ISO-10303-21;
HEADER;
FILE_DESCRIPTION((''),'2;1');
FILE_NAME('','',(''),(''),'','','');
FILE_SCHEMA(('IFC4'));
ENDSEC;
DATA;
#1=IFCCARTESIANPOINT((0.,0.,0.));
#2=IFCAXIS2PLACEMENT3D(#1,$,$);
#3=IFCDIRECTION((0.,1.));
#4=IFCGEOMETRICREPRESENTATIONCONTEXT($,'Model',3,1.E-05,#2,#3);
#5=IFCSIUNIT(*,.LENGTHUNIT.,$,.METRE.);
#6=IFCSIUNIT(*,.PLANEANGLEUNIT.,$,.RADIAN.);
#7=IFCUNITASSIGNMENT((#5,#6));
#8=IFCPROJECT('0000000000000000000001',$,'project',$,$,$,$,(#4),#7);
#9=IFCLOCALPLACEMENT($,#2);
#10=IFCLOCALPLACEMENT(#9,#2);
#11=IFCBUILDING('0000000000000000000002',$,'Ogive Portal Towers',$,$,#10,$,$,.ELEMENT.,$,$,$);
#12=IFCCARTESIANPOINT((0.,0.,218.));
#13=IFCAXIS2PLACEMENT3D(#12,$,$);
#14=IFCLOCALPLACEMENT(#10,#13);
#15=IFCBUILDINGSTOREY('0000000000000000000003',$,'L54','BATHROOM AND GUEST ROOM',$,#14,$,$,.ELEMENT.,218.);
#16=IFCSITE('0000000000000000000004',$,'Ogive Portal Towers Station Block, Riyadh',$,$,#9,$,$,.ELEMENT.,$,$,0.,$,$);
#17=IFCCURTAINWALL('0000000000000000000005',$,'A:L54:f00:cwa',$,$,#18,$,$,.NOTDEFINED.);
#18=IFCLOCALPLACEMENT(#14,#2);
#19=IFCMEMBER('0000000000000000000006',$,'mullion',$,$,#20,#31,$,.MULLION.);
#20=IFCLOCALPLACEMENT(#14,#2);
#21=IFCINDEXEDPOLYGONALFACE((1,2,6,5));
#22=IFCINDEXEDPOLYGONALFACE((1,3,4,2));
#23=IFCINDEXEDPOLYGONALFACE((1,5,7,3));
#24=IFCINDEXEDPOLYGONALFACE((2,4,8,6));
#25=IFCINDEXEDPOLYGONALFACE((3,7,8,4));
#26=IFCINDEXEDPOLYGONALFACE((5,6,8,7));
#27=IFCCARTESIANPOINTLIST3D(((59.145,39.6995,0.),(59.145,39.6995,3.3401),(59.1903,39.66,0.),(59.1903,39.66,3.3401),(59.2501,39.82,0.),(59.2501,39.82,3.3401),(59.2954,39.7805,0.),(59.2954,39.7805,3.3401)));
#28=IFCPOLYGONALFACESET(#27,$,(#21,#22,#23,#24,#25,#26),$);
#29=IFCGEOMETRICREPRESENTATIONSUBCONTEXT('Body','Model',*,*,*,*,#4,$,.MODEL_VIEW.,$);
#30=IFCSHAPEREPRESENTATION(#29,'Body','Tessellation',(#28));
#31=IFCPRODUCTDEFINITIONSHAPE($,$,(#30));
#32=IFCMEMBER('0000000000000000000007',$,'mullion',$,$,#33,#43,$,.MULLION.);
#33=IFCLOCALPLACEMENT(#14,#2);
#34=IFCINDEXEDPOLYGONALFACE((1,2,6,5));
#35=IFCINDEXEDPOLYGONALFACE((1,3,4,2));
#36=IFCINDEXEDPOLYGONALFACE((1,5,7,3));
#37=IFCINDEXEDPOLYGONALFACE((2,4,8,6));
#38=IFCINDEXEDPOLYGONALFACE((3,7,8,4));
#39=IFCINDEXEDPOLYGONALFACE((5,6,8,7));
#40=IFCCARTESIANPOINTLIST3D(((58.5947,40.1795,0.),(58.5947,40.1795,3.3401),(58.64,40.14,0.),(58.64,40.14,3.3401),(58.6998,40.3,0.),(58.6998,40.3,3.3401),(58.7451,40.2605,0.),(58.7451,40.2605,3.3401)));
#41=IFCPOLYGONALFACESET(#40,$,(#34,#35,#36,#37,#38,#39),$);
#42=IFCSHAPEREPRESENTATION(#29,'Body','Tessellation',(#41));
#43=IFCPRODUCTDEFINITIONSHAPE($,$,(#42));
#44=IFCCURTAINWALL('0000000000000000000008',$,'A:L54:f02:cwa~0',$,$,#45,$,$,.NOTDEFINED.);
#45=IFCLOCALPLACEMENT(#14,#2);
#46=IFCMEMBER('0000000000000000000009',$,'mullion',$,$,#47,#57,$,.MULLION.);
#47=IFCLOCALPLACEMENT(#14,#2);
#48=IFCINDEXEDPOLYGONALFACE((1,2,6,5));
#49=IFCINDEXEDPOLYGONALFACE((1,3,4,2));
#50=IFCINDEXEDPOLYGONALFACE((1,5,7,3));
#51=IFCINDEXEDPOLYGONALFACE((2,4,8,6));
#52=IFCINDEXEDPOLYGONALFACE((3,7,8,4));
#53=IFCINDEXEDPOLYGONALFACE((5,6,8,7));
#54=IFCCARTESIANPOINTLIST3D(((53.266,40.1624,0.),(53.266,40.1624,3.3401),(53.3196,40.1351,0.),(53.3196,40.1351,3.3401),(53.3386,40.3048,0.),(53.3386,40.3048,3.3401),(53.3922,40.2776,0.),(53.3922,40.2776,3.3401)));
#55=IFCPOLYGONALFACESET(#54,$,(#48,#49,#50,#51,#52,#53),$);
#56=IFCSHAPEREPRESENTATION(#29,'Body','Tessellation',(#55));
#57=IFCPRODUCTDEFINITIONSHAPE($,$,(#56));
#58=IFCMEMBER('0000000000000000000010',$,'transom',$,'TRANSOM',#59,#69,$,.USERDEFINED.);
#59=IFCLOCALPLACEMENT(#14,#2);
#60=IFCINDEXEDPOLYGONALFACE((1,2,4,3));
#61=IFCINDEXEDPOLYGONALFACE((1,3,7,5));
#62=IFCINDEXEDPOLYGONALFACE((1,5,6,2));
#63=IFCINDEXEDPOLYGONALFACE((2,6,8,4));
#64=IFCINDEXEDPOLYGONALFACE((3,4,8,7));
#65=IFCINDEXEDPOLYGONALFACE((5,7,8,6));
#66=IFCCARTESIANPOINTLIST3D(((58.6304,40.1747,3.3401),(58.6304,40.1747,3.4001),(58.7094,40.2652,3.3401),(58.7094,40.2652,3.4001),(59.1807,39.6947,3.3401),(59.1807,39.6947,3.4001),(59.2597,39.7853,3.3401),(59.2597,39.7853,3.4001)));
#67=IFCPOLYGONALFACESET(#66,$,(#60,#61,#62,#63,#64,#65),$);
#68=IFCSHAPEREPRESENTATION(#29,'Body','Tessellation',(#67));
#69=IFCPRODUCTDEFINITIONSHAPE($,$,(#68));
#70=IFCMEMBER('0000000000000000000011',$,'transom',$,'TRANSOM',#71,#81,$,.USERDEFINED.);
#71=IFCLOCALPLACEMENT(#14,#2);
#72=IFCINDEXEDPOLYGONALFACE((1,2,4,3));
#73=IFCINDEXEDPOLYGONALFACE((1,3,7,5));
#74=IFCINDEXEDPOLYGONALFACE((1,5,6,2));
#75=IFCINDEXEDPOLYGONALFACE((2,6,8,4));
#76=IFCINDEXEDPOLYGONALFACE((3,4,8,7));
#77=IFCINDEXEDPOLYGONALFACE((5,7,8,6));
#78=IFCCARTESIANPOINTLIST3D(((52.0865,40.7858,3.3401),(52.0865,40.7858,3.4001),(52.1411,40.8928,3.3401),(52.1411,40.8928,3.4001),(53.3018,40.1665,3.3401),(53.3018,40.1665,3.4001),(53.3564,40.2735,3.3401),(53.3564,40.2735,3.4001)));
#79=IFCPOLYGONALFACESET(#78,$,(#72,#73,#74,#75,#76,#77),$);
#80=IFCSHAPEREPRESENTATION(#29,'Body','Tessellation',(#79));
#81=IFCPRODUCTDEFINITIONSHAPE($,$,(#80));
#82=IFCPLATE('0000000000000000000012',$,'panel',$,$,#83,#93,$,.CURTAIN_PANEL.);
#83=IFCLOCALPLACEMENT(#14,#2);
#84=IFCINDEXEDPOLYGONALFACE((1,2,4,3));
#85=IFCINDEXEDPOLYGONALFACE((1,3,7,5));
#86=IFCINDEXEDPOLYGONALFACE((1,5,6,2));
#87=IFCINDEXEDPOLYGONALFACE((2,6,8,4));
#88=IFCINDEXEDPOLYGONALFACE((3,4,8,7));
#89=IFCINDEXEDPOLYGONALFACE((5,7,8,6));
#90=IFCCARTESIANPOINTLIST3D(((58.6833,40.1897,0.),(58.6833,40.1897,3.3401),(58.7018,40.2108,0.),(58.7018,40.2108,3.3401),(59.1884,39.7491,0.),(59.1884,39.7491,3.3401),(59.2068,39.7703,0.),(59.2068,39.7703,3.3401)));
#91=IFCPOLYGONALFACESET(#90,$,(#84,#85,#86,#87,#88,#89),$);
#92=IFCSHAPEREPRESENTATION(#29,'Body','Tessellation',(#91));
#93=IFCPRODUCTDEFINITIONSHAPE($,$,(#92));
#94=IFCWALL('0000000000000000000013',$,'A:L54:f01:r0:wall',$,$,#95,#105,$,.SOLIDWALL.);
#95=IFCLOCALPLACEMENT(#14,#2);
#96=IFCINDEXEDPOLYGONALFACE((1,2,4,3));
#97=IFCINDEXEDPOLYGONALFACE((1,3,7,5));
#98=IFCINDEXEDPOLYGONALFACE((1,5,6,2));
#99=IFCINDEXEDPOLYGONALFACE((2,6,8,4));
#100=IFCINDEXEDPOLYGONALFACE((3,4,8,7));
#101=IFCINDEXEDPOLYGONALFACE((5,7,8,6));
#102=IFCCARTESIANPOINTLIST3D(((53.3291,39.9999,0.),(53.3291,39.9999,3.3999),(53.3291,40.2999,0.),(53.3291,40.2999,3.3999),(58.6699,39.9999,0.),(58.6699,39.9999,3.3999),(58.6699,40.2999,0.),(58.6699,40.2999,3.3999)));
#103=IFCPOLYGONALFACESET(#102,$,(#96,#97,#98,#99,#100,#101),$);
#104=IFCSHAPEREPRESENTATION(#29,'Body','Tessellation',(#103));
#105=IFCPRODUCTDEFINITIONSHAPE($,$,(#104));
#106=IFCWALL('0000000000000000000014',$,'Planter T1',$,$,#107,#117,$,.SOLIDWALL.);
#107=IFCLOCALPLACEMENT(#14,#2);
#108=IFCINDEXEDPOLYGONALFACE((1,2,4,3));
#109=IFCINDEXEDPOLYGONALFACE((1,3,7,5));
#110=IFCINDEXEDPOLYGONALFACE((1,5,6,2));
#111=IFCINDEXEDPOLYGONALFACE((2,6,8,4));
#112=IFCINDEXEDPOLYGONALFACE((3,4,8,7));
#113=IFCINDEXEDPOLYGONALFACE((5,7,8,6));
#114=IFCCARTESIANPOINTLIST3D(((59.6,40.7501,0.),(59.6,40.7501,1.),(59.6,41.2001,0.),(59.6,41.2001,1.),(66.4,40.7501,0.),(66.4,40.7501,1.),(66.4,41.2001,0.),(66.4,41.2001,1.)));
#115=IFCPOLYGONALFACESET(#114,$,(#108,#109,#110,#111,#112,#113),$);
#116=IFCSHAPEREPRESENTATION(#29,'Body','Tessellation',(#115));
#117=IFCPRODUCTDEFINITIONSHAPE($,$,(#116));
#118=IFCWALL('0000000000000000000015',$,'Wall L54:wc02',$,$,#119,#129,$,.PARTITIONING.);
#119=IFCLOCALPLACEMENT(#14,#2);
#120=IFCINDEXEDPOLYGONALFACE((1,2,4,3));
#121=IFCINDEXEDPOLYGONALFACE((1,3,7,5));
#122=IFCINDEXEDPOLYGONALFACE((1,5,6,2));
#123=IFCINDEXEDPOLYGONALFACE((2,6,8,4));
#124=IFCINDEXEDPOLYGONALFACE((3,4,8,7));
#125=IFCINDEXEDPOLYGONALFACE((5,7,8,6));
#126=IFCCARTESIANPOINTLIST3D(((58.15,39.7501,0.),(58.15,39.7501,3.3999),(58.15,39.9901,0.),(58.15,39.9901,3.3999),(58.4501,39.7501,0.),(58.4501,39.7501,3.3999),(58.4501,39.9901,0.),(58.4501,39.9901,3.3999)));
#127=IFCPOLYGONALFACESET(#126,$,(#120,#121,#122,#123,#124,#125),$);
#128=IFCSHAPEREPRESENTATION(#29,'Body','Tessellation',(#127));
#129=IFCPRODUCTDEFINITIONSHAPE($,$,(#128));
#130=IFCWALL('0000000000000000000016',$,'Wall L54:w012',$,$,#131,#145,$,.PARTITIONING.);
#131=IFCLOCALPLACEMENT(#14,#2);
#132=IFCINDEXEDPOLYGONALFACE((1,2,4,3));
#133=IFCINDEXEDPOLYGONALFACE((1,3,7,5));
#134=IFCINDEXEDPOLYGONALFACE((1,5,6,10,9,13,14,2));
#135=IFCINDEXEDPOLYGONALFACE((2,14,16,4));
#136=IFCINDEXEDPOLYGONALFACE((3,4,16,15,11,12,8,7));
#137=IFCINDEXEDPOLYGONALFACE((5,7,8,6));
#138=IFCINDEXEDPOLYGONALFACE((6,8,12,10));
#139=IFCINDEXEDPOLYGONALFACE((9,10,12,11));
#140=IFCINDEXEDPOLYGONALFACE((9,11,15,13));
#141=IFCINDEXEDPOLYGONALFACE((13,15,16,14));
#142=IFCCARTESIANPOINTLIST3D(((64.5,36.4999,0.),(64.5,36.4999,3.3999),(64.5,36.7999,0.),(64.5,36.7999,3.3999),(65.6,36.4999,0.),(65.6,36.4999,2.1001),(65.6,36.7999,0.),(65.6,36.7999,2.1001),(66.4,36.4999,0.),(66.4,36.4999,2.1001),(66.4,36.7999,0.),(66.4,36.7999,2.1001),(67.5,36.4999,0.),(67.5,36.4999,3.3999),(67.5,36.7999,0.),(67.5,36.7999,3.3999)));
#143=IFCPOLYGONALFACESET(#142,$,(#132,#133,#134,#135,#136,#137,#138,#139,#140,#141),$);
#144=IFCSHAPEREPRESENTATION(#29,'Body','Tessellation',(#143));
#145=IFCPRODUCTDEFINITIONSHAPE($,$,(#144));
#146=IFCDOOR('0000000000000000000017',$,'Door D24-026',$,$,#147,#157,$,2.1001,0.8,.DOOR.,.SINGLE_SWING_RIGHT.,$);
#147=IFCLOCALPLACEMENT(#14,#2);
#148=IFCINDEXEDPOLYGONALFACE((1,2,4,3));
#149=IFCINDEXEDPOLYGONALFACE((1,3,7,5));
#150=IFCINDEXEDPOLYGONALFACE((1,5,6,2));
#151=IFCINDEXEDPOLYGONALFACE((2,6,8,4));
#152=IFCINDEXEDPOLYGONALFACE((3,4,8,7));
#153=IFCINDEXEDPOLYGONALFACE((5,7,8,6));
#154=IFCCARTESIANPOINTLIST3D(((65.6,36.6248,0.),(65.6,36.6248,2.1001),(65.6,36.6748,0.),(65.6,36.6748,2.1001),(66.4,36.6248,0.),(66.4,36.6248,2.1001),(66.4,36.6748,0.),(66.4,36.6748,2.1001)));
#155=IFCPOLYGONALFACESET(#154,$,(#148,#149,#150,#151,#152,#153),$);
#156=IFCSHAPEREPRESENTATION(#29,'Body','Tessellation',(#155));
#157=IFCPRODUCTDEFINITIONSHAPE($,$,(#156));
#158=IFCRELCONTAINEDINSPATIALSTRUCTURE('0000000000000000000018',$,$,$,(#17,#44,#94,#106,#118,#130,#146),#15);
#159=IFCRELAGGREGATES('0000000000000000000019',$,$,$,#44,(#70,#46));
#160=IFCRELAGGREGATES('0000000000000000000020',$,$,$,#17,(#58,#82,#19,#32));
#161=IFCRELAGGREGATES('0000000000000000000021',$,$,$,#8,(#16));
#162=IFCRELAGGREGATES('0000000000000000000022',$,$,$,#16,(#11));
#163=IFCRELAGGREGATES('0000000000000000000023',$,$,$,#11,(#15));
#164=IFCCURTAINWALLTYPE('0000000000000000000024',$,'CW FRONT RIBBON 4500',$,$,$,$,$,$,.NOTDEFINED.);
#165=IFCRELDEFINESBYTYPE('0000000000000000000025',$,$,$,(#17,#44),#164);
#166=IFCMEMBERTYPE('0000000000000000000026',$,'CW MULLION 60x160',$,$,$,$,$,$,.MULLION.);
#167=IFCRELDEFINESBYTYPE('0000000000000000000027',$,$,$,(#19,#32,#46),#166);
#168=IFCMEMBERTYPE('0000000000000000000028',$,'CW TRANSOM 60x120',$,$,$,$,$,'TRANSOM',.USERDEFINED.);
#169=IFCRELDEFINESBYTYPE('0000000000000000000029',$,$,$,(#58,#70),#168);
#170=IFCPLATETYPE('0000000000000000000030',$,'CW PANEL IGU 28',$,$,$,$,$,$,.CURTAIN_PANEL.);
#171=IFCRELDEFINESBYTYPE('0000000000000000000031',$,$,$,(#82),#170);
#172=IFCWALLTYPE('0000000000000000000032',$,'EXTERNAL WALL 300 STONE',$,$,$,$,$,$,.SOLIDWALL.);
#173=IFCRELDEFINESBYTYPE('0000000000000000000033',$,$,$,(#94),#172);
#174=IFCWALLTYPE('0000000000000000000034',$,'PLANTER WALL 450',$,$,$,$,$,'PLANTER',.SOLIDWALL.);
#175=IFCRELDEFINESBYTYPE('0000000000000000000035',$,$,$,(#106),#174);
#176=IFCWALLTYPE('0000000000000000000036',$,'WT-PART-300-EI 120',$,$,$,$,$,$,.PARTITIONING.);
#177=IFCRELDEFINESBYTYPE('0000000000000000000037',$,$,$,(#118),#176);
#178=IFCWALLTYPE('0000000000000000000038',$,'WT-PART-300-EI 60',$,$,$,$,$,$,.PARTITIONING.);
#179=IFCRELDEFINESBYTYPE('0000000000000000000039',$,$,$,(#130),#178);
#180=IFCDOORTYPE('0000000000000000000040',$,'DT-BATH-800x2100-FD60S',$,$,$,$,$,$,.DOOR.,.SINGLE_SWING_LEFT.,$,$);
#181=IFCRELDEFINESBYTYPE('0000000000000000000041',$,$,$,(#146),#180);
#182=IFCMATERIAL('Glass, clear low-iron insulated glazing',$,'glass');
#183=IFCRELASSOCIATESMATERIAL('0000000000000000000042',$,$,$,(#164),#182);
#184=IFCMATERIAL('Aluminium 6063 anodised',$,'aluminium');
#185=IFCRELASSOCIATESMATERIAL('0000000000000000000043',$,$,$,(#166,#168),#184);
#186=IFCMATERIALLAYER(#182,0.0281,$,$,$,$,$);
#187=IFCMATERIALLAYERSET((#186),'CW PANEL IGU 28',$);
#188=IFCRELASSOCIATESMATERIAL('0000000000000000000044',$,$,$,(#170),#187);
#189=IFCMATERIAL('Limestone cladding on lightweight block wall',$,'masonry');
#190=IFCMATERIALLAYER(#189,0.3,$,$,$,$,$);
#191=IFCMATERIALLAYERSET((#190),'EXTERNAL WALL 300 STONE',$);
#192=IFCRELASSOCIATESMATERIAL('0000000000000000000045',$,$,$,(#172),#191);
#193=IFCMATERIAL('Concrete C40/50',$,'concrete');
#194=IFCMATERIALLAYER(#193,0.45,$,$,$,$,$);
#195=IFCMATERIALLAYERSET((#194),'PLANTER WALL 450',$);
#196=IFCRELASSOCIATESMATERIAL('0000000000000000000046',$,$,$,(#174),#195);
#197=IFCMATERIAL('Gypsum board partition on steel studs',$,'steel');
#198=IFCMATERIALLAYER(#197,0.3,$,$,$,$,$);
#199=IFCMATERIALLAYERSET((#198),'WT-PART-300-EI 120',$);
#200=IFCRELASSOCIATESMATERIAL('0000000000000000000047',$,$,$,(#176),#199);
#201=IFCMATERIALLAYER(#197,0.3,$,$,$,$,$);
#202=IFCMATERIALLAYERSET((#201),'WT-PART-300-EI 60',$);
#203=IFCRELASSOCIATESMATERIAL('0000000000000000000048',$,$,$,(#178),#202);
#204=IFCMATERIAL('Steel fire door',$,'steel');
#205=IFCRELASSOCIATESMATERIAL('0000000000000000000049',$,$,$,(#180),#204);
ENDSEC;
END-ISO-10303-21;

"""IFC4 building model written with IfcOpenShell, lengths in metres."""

from ifc_helpers import new_model, si_unit, direction, frame, frame_2d, origin, origin_2d, place, context, subcontext, project, spatial, rectangle, extrude, material, layer, layer_set, material_profile, profile_set, type_object, element, fill, aggregate, save


model = new_model("IFC4")

# Units and contexts
model_context = context("Model", 3, precision=1e-05, world=origin(), true_north=direction((0.0, 1.0)))
body_context = subcontext(model_context, "Body", "Model", "MODEL_VIEW")
ifc_project = project(units=[si_unit("LENGTHUNIT", "METRE"), si_unit("PLANEANGLEUNIT", "RADIAN")], contexts=[model_context])

# Site, building, storey
site_placement = place(None, origin())
site = spatial("IfcSite", under=ifc_project, at=site_placement, Name="Ogive Portal Towers Station Block, Riyadh", CompositionType="ELEMENT", RefElevation=0.0)
building_placement = place(site_placement, origin())
building = spatial("IfcBuilding", under=site, at=building_placement, Name="Ogive Portal Towers", CompositionType="ELEMENT")
storey_placement = place(building_placement, frame((0.0, 0.0, 218.0)))
storey = spatial("IfcBuildingStorey", under=building, at=storey_placement, Name="L54", Description="BATHROOM AND GUEST ROOM", CompositionType="ELEMENT", Elevation=218.0)

# Curtain wall, members
ifc_material_1 = material(Name="Glass, clear low-iron insulated glazing", Category="glass")
curtain_wall_type = type_object("IfcCurtainWallType", Name="CW FRONT RIBBON 4500", PredefinedType="NOTDEFINED", material=ifc_material_1)
curtain_wall_1_placement = place(storey_placement, origin())
curtain_wall_1 = element("IfcCurtainWall", 1, at=curtain_wall_1_placement, inside=storey, type_object=curtain_wall_type, Name="A:L54:f00:cwa", PredefinedType="NOTDEFINED")
ifc_material_2 = material(Name="Aluminium 6063 anodised", Category="aluminium")
ifc_material_profile_1 = material_profile(ifc_material_2, rectangle(XDim=0.1599, YDim=0.0601, at=origin_2d()), Name="AL 60x160")
ifc_profile_set_1 = profile_set([ifc_material_profile_1], Name="Aluminium 6063 anodised")
member_type_1 = type_object("IfcMemberType", Name="CW MULLION 60x160", PredefinedType="MULLION", material=ifc_profile_set_1)
member_1_placement = place(storey_placement, frame((59.2202, 39.74, 0.0), z_axis=(0.0, 0.0, 1.0), x_axis=(-0.657335, -0.753599, 0.0)))
member_1 = element("IfcMember", 2, at=member_1_placement, type_object=member_type_1, Name="mullion", PredefinedType="MULLION", context=body_context, shape_type="SweptSolid", body=[
    extrude(rectangle(XDim=0.1599, YDim=0.0601, at=origin_2d()), origin(), (0.0, 0.0, 1.0), 3.3401),
])
member_2_placement = place(storey_placement, frame((58.6699, 40.22, 0.0), z_axis=(0.0, 0.0, 1.0), x_axis=(-0.657335, -0.753599, 0.0)))
member_2 = element("IfcMember", 3, at=member_2_placement, type_object=member_type_1, Name="mullion", PredefinedType="MULLION", context=body_context, shape_type="SweptSolid", body=[
    extrude(rectangle(XDim=0.1599, YDim=0.0601, at=origin_2d()), origin(), (0.0, 0.0, 1.0), 3.3401),
])

# Curtain wall, member
curtain_wall_2_placement = place(storey_placement, origin())
curtain_wall_2 = element("IfcCurtainWall", 4, at=curtain_wall_2_placement, inside=storey, type_object=curtain_wall_type, Name="A:L54:f02:cwa~0", PredefinedType="NOTDEFINED")
member_3_placement = place(storey_placement, frame((53.3291, 40.22, 0.0), z_axis=(0.0, 0.0, 1.0), x_axis=(-0.45399, -0.891007, 0.0)))
member_3 = element("IfcMember", 5, at=member_3_placement, type_object=member_type_1, Name="mullion", PredefinedType="MULLION", context=body_context, shape_type="SweptSolid", body=[
    extrude(rectangle(XDim=0.1599, YDim=0.0601, at=origin_2d()), origin(), (0.0, 0.0, 1.0), 3.3401),
])

# Members
ifc_material_profile_2 = material_profile(ifc_material_2, rectangle(XDim=0.1201, YDim=0.0601, at=origin_2d()), Name="AL 120x60")
ifc_profile_set_2 = profile_set([ifc_material_profile_2], Name="Aluminium 6063 anodised")
member_type_2 = type_object("IfcMemberType", Name="CW TRANSOM 60x120", ElementType="TRANSOM", PredefinedType="USERDEFINED", material=ifc_profile_set_2)
member_4_placement = place(storey_placement, frame((59.2202, 39.74, 3.3701), z_axis=(-0.753611, 0.65732, 0.0), x_axis=(-0.65732, -0.753611, 0.0)))
member_4 = element("IfcMember", 6, at=member_4_placement, type_object=member_type_2, Name="transom", ObjectType="TRANSOM", PredefinedType="USERDEFINED", context=body_context, shape_type="SweptSolid", body=[
    extrude(rectangle(XDim=0.1201, YDim=0.0601, at=origin_2d()), origin(), (0.0, 0.0, 1.0), 0.7302),
])
member_5_placement = place(storey_placement, frame((53.3291, 40.22, 3.3701), z_axis=(-0.890964, 0.454073, 0.0), x_axis=(-0.454073, -0.890964, 0.0)))
member_5 = element("IfcMember", 7, at=member_5_placement, type_object=member_type_2, Name="transom", ObjectType="TRANSOM", PredefinedType="USERDEFINED", context=body_context, shape_type="SweptSolid", body=[
    extrude(rectangle(XDim=0.1201, YDim=0.0601, at=origin_2d()), origin(), (0.0, 0.0, 1.0), 1.364),
])
aggregate(curtain_wall_2, [member_5, member_3])

# Plate
ifc_layer_1 = layer(ifc_material_1, 0.0281)
ifc_layer_set_1 = layer_set([ifc_layer_1], Name="CW PANEL IGU 28")
plate_type = type_object("IfcPlateType", Name="CW PANEL IGU 28", PredefinedType="CURTAIN_PANEL", material=ifc_layer_set_1)
plate_placement = place(storey_placement, frame((58.9451, 39.98, 0.0), z_axis=(0.0, 0.0, 1.0), x_axis=(-0.753599, 0.657335, 0.0)))
plate = element("IfcPlate", 8, at=plate_placement, type_object=plate_type, Name="panel", PredefinedType="CURTAIN_PANEL", context=body_context, shape_type="SweptSolid", body=[
    extrude(rectangle(XDim=0.6702, YDim=0.0281, at=origin_2d()), origin(), (0.0, 0.0, 1.0), 3.3401),
])
aggregate(curtain_wall_1, [member_4, plate, member_1, member_2])

# Shared definitions
ifc_material_3 = material(Name="Limestone cladding on lightweight block wall", Category="masonry")

# Walls
ifc_layer_2 = layer(ifc_material_3, 0.3)
ifc_layer_set_2 = layer_set([ifc_layer_2], Name="EXTERNAL WALL 300 STONE")
wall_type_1 = type_object("IfcWallType", Name="EXTERNAL WALL 300 STONE", PredefinedType="SOLIDWALL", material=ifc_layer_set_2)
wall_1_placement = place(storey_placement, frame((58.6699, 40.1499, 0.0), z_axis=(0.0, 0.0, 1.0), x_axis=(-1.0, 0.0, 0.0)))
element("IfcWall", 9, at=wall_1_placement, inside=storey, type_object=wall_type_1, Name="A:L54:f01:r0:wall", PredefinedType="SOLIDWALL", context=body_context, shape_type="SweptSolid", body=[
    extrude(rectangle(XDim=5.3408, YDim=0.3, at=frame_2d((2.6704, 0.0))), origin(), (0.0, 0.0, 1.0), 3.3999),
])
ifc_material_4 = material(Name="Concrete C40/50", Category="concrete")
ifc_layer_3 = layer(ifc_material_4, 0.45)
ifc_layer_set_3 = layer_set([ifc_layer_3], Name="PLANTER WALL 450")
wall_type_2 = type_object("IfcWallType", Name="PLANTER WALL 450", ElementType="PLANTER", PredefinedType="SOLIDWALL", material=ifc_layer_set_3)
wall_2_placement = place(storey_placement, frame((63.0, 40.9751, 0.0), z_axis=(0.0, 0.0, 1.0), x_axis=(1.0, 0.0, 0.0)))
element("IfcWall", 10, at=wall_2_placement, inside=storey, type_object=wall_type_2, Name="Planter T1", PredefinedType="SOLIDWALL", context=body_context, shape_type="SweptSolid", body=[
    extrude(rectangle(XDim=6.8, YDim=0.45, at=origin_2d()), origin(), (0.0, 0.0, 1.0), 1.0),
])
ifc_material_5 = material(Name="Gypsum board partition on steel studs", Category="steel")
ifc_layer_4 = layer(ifc_material_5, 0.3)
ifc_layer_set_4 = layer_set([ifc_layer_4], Name="WT-PART-300-EI 120")
wall_type_3 = type_object("IfcWallType", Name="WT-PART-300-EI 120", PredefinedType="PARTITIONING", material=ifc_layer_set_4)
wall_3_placement = place(storey_placement, frame((58.3, 39.75, 0.0), z_axis=(0.0, 0.0, 1.0), x_axis=(0.0, 1.0, 0.0)))
element("IfcWall", 11, at=wall_3_placement, inside=storey, type_object=wall_type_3, Name="Wall L54:wc02", PredefinedType="PARTITIONING", context=body_context, shape_type="SweptSolid", body=[
    extrude(rectangle(XDim=0.24, YDim=0.3, at=frame_2d((0.1201, 0.0))), origin(), (0.0, 0.0, 1.0), 3.3999),
])

# Wall, opening, door
ifc_layer_5 = layer(ifc_material_5, 0.3)
ifc_layer_set_5 = layer_set([ifc_layer_5], Name="WT-PART-300-EI 60")
wall_type_4 = type_object("IfcWallType", Name="WT-PART-300-EI 60", PredefinedType="PARTITIONING", material=ifc_layer_set_5)
wall_4_placement = place(storey_placement, frame((64.5, 36.6499, 0.0), z_axis=(0.0, 0.0, 1.0), x_axis=(1.0, 0.0, 0.0)))
wall_4 = element("IfcWall", 12, at=wall_4_placement, inside=storey, type_object=wall_type_4, Name="Wall L54:w012", PredefinedType="PARTITIONING", context=body_context, shape_type="SweptSolid", body=[
    extrude(rectangle(XDim=3.0, YDim=0.3, at=frame_2d((1.5, 0.0))), origin(), (0.0, 0.0, 1.0), 3.3999),
])
opening_1_placement = place(wall_4_placement, frame((1.1001, 0.0, 0.0)))
opening_1 = element("IfcOpeningElement", 13, at=opening_1_placement, cuts=wall_4, PredefinedType="OPENING", context=body_context, shape_type="SweptSolid", body=[
    extrude(rectangle(XDim=0.8, YDim=2.1001, at=frame_2d((0.3999, 1.05))), frame((0.0, 0.1602, 0.0), z_axis=(0.0, -1.0, 0.0), x_axis=(1.0, 0.0, 0.0)), (0.0, 0.0, 1.0), 0.3201),
])
ifc_material_6 = material(Name="Steel fire door", Category="steel")
door_type_1 = type_object("IfcDoorType", Name="DT-BATH-800x2100-FD60S", OperationType="SINGLE_SWING_LEFT", PredefinedType="DOOR", material=ifc_material_6)
door_1_placement = place(opening_1_placement, origin())
door_1 = element("IfcDoor", 14, at=door_1_placement, inside=storey, type_object=door_type_1, Name="Door D24-026", OperationType="SINGLE_SWING_RIGHT", OverallHeight=2.1001, OverallWidth=0.8, PredefinedType="DOOR", context=body_context, shape_type="SweptSolid", body=[
    extrude(rectangle(XDim=0.8, YDim=2.1001, at=frame_2d((0.3999, 1.05))), frame((0.0, 0.0249, 0.0), z_axis=(0.0, -1.0, 0.0), x_axis=(1.0, 0.0, 0.0)), (0.0, 0.0, 1.0), 0.05),
])
fill(opening_1, door_1)

save(model, "model.ifc")
